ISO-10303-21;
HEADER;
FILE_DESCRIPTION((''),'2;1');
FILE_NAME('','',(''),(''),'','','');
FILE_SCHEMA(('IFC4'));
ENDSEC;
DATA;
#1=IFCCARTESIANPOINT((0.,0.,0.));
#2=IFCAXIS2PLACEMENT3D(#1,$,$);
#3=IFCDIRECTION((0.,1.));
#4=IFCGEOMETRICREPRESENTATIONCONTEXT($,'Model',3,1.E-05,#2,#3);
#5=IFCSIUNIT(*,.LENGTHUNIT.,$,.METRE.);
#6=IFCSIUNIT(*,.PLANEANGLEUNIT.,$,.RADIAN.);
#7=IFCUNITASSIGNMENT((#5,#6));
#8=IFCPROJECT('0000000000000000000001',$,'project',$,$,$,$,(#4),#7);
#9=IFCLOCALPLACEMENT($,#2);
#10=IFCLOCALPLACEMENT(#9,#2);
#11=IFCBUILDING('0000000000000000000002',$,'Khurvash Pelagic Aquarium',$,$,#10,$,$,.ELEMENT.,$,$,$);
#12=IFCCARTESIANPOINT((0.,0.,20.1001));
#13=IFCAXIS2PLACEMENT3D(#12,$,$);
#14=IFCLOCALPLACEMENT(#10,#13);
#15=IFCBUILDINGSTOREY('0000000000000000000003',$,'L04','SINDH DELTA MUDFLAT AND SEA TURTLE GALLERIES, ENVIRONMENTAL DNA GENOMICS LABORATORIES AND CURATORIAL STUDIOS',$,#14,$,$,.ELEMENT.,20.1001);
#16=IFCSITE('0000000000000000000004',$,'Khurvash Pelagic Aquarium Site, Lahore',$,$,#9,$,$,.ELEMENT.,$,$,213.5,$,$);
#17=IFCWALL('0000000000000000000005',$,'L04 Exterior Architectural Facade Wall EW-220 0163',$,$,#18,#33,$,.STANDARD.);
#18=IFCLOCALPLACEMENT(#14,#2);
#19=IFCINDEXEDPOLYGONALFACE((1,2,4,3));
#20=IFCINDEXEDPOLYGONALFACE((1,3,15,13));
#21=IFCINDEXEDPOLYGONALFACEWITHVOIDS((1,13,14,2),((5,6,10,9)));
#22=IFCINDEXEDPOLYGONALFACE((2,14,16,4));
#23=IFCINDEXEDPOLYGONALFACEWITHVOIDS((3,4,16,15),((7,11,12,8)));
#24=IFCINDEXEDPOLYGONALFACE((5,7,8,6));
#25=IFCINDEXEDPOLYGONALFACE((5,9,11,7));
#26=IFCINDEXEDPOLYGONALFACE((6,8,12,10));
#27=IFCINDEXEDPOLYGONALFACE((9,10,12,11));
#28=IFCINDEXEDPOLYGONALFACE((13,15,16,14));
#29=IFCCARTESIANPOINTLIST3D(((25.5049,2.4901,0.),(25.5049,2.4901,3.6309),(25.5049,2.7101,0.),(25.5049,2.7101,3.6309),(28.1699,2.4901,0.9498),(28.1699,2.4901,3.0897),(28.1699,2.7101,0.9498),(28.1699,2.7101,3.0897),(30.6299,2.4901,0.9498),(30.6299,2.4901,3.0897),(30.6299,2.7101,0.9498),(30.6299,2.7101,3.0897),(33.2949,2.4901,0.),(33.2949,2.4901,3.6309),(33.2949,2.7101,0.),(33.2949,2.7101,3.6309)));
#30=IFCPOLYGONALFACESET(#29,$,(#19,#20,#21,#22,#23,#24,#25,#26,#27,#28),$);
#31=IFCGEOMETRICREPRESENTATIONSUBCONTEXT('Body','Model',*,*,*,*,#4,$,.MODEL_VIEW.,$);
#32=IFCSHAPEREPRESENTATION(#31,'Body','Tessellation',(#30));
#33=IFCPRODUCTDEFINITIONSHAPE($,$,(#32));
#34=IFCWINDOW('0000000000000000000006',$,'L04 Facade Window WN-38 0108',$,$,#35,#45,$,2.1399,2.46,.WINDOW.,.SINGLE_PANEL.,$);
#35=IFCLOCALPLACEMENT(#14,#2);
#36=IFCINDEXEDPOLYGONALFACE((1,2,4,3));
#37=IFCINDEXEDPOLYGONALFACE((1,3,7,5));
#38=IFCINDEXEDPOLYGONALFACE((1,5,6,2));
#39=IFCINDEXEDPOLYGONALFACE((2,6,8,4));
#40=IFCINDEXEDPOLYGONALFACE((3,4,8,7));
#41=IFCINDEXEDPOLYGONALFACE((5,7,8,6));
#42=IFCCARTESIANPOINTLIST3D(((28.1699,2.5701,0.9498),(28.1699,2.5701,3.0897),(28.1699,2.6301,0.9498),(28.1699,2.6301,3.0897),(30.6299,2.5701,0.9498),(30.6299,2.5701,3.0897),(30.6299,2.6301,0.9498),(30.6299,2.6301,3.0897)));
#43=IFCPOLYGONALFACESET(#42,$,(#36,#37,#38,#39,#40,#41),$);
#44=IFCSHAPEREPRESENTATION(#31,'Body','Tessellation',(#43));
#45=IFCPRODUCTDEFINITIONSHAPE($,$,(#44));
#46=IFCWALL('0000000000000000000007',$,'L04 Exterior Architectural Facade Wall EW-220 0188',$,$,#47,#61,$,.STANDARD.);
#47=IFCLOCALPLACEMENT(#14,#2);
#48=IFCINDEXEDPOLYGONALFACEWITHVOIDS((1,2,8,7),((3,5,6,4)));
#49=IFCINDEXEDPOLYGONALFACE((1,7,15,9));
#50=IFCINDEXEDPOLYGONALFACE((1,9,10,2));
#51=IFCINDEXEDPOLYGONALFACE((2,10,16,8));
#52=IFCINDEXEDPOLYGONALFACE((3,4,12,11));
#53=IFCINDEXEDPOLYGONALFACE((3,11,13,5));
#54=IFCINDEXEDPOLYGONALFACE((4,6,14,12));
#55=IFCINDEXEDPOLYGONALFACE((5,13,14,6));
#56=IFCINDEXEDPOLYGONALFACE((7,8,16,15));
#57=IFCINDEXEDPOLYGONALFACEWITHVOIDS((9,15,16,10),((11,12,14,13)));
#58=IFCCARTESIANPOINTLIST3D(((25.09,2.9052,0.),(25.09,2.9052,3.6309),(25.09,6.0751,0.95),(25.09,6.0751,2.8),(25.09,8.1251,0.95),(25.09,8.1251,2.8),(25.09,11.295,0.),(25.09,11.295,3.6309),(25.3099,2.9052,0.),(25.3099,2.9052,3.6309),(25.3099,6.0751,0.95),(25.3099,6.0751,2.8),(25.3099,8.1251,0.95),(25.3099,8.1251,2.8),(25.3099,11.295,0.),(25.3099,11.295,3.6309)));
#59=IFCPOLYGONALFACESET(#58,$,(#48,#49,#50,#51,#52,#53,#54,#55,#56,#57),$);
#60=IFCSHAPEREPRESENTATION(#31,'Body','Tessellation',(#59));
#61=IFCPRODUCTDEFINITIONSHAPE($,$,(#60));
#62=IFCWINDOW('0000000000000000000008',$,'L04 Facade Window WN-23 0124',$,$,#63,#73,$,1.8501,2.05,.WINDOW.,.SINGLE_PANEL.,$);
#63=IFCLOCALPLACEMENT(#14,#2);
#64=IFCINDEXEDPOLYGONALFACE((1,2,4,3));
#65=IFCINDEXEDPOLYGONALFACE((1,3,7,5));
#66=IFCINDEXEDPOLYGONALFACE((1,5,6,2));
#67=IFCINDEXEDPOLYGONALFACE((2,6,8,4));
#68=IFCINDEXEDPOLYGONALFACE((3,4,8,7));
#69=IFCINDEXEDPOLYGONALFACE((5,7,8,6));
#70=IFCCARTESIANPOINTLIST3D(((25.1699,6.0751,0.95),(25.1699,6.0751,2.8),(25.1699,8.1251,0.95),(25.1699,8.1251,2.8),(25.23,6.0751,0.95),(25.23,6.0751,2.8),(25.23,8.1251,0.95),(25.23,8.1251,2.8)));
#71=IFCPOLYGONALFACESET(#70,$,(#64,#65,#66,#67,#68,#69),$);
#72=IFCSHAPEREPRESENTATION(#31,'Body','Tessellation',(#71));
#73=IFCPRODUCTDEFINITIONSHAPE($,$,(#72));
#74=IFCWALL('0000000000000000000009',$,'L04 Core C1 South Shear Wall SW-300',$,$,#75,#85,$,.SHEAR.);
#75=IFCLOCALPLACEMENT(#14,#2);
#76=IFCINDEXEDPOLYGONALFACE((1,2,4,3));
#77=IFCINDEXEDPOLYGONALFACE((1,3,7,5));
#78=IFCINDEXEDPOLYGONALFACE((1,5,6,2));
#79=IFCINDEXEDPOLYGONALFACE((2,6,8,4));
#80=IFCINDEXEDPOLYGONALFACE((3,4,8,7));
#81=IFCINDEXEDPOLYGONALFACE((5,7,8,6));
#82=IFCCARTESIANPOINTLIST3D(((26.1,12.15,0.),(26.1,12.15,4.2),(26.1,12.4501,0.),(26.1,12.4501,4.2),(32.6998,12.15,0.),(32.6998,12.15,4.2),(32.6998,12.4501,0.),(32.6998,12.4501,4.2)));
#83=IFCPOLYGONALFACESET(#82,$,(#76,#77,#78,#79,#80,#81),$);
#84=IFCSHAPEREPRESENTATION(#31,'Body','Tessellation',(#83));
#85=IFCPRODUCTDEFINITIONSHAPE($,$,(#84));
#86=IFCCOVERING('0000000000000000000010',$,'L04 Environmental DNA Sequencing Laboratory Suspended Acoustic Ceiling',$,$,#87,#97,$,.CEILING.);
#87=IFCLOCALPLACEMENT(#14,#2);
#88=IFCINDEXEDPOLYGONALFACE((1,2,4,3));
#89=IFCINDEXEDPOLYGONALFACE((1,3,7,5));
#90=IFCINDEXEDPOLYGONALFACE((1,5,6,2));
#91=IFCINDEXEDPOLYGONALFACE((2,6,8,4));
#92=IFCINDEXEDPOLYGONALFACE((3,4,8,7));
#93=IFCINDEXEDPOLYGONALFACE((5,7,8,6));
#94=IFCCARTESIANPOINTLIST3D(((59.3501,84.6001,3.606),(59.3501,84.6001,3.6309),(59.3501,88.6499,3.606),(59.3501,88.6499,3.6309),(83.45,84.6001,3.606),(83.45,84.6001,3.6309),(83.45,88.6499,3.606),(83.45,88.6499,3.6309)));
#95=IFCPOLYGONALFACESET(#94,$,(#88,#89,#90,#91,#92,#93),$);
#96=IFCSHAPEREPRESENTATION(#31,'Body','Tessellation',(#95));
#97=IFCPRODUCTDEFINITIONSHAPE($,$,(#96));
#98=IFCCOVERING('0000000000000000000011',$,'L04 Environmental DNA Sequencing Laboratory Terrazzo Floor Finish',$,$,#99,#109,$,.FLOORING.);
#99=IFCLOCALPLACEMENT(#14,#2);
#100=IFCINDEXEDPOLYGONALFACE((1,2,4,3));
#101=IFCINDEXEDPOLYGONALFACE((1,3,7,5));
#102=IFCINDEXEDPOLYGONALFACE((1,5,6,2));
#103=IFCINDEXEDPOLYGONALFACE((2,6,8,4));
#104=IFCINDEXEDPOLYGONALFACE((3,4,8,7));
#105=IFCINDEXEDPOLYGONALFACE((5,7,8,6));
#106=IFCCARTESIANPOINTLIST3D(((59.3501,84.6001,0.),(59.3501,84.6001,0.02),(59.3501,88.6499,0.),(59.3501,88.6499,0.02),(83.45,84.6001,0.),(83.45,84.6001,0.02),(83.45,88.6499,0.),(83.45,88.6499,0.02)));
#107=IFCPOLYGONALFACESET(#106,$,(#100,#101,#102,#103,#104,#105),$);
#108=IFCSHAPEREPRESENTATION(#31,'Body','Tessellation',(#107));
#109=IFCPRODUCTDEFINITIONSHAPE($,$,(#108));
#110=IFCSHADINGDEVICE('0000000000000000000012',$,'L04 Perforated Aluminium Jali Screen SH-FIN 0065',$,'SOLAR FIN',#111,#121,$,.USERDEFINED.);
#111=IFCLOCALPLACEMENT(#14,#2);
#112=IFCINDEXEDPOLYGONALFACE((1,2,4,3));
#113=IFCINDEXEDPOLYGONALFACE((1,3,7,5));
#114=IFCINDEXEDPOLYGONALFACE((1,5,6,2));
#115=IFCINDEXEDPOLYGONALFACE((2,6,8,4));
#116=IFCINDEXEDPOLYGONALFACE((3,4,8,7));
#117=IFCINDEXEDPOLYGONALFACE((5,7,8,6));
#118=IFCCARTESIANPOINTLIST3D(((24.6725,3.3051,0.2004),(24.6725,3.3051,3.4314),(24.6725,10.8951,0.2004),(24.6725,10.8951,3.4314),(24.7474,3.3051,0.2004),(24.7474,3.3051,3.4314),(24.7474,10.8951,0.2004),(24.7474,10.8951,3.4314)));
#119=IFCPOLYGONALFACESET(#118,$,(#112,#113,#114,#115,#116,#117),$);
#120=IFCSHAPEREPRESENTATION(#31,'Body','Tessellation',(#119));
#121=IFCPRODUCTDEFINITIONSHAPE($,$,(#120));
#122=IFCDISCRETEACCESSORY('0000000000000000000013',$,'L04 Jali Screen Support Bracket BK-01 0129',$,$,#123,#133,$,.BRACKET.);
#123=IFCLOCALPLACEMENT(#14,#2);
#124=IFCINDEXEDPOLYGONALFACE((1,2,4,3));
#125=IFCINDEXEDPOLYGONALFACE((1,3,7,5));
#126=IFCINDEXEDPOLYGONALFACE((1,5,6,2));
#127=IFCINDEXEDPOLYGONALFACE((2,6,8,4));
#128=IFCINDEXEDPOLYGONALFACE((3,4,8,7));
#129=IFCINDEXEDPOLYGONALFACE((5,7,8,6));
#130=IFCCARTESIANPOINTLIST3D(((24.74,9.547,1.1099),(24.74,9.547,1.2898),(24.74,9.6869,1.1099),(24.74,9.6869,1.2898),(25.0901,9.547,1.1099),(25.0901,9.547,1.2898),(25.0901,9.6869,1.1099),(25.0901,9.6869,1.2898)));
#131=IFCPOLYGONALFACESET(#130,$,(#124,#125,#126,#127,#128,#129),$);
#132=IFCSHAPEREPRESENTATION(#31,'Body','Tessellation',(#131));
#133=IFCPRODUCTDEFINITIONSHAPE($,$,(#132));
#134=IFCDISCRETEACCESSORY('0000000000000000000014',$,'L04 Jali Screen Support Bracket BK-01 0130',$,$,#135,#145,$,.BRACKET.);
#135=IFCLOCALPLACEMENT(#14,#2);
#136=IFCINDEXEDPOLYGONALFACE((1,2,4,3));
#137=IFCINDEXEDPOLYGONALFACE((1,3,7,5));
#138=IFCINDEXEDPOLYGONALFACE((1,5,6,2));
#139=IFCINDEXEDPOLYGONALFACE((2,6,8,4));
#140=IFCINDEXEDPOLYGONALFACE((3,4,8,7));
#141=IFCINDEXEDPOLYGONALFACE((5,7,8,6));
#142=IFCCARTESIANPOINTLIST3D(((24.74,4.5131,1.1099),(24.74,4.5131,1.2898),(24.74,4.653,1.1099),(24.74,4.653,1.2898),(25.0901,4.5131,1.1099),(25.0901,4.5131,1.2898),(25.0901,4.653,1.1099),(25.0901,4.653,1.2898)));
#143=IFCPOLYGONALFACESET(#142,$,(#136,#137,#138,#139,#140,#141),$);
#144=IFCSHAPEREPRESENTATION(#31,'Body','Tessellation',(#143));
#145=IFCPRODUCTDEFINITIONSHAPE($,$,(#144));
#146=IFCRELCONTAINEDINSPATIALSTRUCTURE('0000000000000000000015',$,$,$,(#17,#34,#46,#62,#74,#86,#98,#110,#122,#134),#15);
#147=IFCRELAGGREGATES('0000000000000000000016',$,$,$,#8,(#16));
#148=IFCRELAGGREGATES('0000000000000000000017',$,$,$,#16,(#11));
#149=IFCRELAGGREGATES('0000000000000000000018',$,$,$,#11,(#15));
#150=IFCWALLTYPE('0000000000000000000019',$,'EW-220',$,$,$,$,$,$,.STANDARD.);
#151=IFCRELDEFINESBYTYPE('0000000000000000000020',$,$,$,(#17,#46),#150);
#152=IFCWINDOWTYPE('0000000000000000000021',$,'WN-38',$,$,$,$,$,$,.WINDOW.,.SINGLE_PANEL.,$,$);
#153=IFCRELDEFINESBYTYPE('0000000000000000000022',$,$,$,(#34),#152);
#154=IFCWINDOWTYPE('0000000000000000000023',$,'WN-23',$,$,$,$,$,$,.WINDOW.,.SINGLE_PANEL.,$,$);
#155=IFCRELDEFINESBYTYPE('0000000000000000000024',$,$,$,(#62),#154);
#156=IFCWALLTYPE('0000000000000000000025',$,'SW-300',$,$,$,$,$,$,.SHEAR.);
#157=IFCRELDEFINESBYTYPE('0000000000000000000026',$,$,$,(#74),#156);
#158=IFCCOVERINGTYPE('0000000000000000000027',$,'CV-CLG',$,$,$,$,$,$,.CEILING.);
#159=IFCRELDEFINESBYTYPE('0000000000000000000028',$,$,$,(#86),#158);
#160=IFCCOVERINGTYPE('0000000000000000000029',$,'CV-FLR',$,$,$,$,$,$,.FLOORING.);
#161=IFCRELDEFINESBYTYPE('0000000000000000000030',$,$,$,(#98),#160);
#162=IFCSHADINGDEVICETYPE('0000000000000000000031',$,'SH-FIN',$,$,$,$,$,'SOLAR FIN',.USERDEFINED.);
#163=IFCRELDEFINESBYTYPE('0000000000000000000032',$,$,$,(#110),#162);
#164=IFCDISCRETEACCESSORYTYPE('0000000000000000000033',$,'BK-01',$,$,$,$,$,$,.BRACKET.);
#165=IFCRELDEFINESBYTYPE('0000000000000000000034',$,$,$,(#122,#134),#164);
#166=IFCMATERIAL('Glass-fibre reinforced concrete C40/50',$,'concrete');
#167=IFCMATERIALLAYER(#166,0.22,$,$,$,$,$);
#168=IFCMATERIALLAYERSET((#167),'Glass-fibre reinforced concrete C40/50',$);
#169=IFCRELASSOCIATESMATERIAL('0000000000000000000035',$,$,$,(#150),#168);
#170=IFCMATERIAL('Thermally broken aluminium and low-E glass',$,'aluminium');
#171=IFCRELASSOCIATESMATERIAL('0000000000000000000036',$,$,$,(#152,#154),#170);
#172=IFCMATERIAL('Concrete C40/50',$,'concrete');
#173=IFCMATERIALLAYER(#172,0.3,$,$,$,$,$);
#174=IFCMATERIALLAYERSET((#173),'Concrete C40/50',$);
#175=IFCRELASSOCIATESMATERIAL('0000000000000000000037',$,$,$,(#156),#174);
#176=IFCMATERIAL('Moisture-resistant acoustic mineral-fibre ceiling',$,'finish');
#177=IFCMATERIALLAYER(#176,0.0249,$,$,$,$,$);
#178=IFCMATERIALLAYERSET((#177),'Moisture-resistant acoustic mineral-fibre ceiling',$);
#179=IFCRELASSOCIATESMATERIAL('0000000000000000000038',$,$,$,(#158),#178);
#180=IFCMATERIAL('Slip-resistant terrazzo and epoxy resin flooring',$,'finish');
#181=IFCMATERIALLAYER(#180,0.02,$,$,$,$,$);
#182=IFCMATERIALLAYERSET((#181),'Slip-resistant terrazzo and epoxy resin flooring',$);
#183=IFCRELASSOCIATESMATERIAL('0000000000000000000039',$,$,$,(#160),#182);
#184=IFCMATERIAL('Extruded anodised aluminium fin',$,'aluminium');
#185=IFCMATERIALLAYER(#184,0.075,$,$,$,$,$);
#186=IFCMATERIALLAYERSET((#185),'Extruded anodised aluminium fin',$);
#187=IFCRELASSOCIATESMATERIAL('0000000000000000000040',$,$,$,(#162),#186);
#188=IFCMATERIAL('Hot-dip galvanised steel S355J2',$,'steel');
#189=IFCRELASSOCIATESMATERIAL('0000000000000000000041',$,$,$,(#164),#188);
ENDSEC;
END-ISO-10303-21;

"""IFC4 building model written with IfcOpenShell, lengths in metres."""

from ifc_helpers import new_model, si_unit, direction, frame, frame_2d, origin, origin_2d, place, context, subcontext, project, spatial, polyline, rectangle, outline, extrude, material, layer, layer_set, type_object, element, fill, save


model = new_model("IFC4")

# Units and contexts
model_context = context("Model", 3, precision=1e-05, world=origin(), true_north=direction((0.0, 1.0)))
body_context = subcontext(model_context, "Body", "Model", "MODEL_VIEW")
ifc_project = project(units=[si_unit("LENGTHUNIT", "METRE"), si_unit("PLANEANGLEUNIT", "RADIAN")], contexts=[model_context])

# Site, building, storey
site_placement = place(None, origin())
site = spatial("IfcSite", under=ifc_project, at=site_placement, Name="Khurvash Pelagic Aquarium Site, Lahore", CompositionType="ELEMENT", RefElevation=213.5)
building_placement = place(site_placement, origin())
building = spatial("IfcBuilding", under=site, at=building_placement, Name="Khurvash Pelagic Aquarium", CompositionType="ELEMENT")
storey_placement = place(building_placement, frame((0.0, 0.0, 20.1001)))
storey = spatial("IfcBuildingStorey", under=building, at=storey_placement, Name="L04", Description="SINDH DELTA MUDFLAT AND SEA TURTLE GALLERIES, ENVIRONMENTAL DNA GENOMICS LABORATORIES AND CURATORIAL STUDIOS", CompositionType="ELEMENT", Elevation=20.1001)

# Shared definitions
ifc_material_1 = material(Name="Concrete C40/50", Category="concrete")

# Walls, openings, windows
ifc_material_2 = material(Name="Glass-fibre reinforced concrete C40/50", Category="concrete")
ifc_layer_1 = layer(ifc_material_2, 0.22)
ifc_layer_set_1 = layer_set([ifc_layer_1], Name="Glass-fibre reinforced concrete C40/50")
wall_type_1 = type_object("IfcWallType", Name="EW-220", PredefinedType="STANDARD", material=ifc_layer_set_1)
wall_1_placement = place(storey_placement, frame((25.5049, 2.6001, 0.0), z_axis=(0.0, 0.0, 1.0), x_axis=(1.0, 0.0, 0.0)))
wall_1 = element("IfcWall", 1, at=wall_1_placement, inside=storey, type_object=wall_type_1, Name="L04 Exterior Architectural Facade Wall EW-220 0163", PredefinedType="STANDARD", context=body_context, shape_type="SweptSolid", body=[
    extrude(rectangle(XDim=7.79, YDim=0.22, at=frame_2d((3.895, 0.0))), origin(), (0.0, 0.0, 1.0), 3.6309),
])
opening_1_placement = place(wall_1_placement, frame((2.665, 0.0, 0.95)))
opening_1 = element("IfcOpeningElement", 2, at=opening_1_placement, cuts=wall_1, PredefinedType="OPENING", context=body_context, shape_type="SweptSolid", body=[
    extrude(rectangle(XDim=2.46, YDim=2.1399, at=frame_2d((1.23, 1.0698))), frame((0.0, 0.1201, 0.0), z_axis=(0.0, -1.0, 0.0), x_axis=(1.0, 0.0, 0.0)), (0.0, 0.0, 1.0), 0.24),
])
ifc_material_3 = material(Name="Thermally broken aluminium and low-E glass", Category="aluminium")
window_type_1 = type_object("IfcWindowType", Name="WN-38", PartitioningType="SINGLE_PANEL", PredefinedType="WINDOW", material=ifc_material_3)
window_1_placement = place(opening_1_placement, origin())
window_1 = element("IfcWindow", 3, at=window_1_placement, inside=storey, type_object=window_type_1, Name="L04 Facade Window WN-38 0108", OverallHeight=2.1399, OverallWidth=2.46, PartitioningType="SINGLE_PANEL", PredefinedType="WINDOW", context=body_context, shape_type="SweptSolid", body=[
    extrude(rectangle(XDim=2.46, YDim=2.1399, at=frame_2d((1.23, 1.0698))), frame((0.0, 0.03, 0.0), z_axis=(0.0, -1.0, 0.0), x_axis=(1.0, 0.0, 0.0)), (0.0, 0.0, 1.0), 0.0601),
])
fill(opening_1, window_1)
wall_2_placement = place(storey_placement, frame((25.2, 11.2949, 0.0), z_axis=(0.0, 0.0, 1.0), x_axis=(0.0, -1.0, 0.0)))
wall_2 = element("IfcWall", 4, at=wall_2_placement, inside=storey, type_object=wall_type_1, Name="L04 Exterior Architectural Facade Wall EW-220 0188", PredefinedType="STANDARD", context=body_context, shape_type="SweptSolid", body=[
    extrude(rectangle(XDim=8.3899, YDim=0.22, at=frame_2d((4.1948, 0.0))), origin(), (0.0, 0.0, 1.0), 3.6309),
])
opening_2_placement = place(wall_2_placement, frame((3.1699, 0.0, 0.95)))
opening_2 = element("IfcOpeningElement", 5, at=opening_2_placement, cuts=wall_2, PredefinedType="OPENING", context=body_context, shape_type="SweptSolid", body=[
    extrude(rectangle(XDim=2.05, YDim=1.8501, at=frame_2d((1.0249, 0.925))), frame((0.0, 0.1201, 0.0), z_axis=(0.0, -1.0, 0.0), x_axis=(1.0, 0.0, 0.0)), (0.0, 0.0, 1.0), 0.24),
])
window_type_2 = type_object("IfcWindowType", Name="WN-23", PartitioningType="SINGLE_PANEL", PredefinedType="WINDOW", material=ifc_material_3)
window_2_placement = place(opening_2_placement, origin())
window_2 = element("IfcWindow", 6, at=window_2_placement, inside=storey, type_object=window_type_2, Name="L04 Facade Window WN-23 0124", OverallHeight=1.8501, OverallWidth=2.05, PartitioningType="SINGLE_PANEL", PredefinedType="WINDOW", context=body_context, shape_type="SweptSolid", body=[
    extrude(rectangle(XDim=2.05, YDim=1.8501, at=frame_2d((1.0249, 0.925))), frame((0.0, 0.03, 0.0), z_axis=(0.0, -1.0, 0.0), x_axis=(1.0, 0.0, 0.0)), (0.0, 0.0, 1.0), 0.0601),
])
fill(opening_2, window_2)

# Wall
ifc_layer_2 = layer(ifc_material_1, 0.3)
ifc_layer_set_2 = layer_set([ifc_layer_2], Name="Concrete C40/50")
wall_type_2 = type_object("IfcWallType", Name="SW-300", PredefinedType="SHEAR", material=ifc_layer_set_2)
wall_3_placement = place(storey_placement, frame((26.1001, 12.3, 0.0), z_axis=(0.0, 0.0, 1.0), x_axis=(1.0, 0.0, 0.0)))
element("IfcWall", 7, at=wall_3_placement, inside=storey, type_object=wall_type_2, Name="L04 Core C1 South Shear Wall SW-300", PredefinedType="SHEAR", context=body_context, shape_type="SweptSolid", body=[
    extrude(rectangle(XDim=6.5999, YDim=0.3, at=frame_2d((3.2998, 0.0))), origin(), (0.0, 0.0, 1.0), 4.2),
])

# Coverings
ifc_material_4 = material(Name="Moisture-resistant acoustic mineral-fibre ceiling", Category="finish")
ifc_layer_3 = layer(ifc_material_4, 0.0249)
ifc_layer_set_3 = layer_set([ifc_layer_3], Name="Moisture-resistant acoustic mineral-fibre ceiling")
covering_type_1 = type_object("IfcCoveringType", Name="CV-CLG", PredefinedType="CEILING", material=ifc_layer_set_3)
covering_1_placement = place(storey_placement, frame((0.0, 0.0, 3.606)))
element("IfcCovering", 8, at=covering_1_placement, inside=storey, type_object=covering_type_1, Name="L04 Environmental DNA Sequencing Laboratory Suspended Acoustic Ceiling", PredefinedType="CEILING", context=body_context, shape_type="SweptSolid", body=[
    extrude(outline(polyline([(83.45, 84.6001), (83.45, 88.6499), (59.3501, 88.6499), (59.3501, 84.6001), (83.45, 84.6001)])), origin(), (0.0, 0.0, 1.0), 0.0249),
])
ifc_material_5 = material(Name="Slip-resistant terrazzo and epoxy resin flooring", Category="finish")
ifc_layer_4 = layer(ifc_material_5, 0.02)
ifc_layer_set_4 = layer_set([ifc_layer_4], Name="Slip-resistant terrazzo and epoxy resin flooring")
covering_type_2 = type_object("IfcCoveringType", Name="CV-FLR", PredefinedType="FLOORING", material=ifc_layer_set_4)
covering_2_placement = place(storey_placement, origin())
element("IfcCovering", 9, at=covering_2_placement, inside=storey, type_object=covering_type_2, Name="L04 Environmental DNA Sequencing Laboratory Terrazzo Floor Finish", PredefinedType="FLOORING", context=body_context, shape_type="SweptSolid", body=[
    extrude(outline(polyline([(83.45, 84.6001), (83.45, 88.6499), (59.3501, 88.6499), (59.3501, 84.6001), (83.45, 84.6001)])), origin(), (0.0, 0.0, 1.0), 0.02),
])

# Shading device
ifc_material_6 = material(Name="Extruded anodised aluminium fin", Category="aluminium")
ifc_layer_5 = layer(ifc_material_6, 0.075)
ifc_layer_set_5 = layer_set([ifc_layer_5], Name="Extruded anodised aluminium fin")
shading_device_type = type_object("IfcShadingDeviceType", Name="SH-FIN", ElementType="SOLAR FIN", PredefinedType="USERDEFINED", material=ifc_layer_set_5)
shading_device_placement = place(storey_placement, frame((24.71, 7.1001, 0.2004), z_axis=(0.0, 0.0, 1.0), x_axis=(0.0, -1.0, 0.0)))
element("IfcShadingDevice", 10, at=shading_device_placement, inside=storey, type_object=shading_device_type, Name="L04 Perforated Aluminium Jali Screen SH-FIN 0065", ObjectType="SOLAR FIN", PredefinedType="USERDEFINED", context=body_context, shape_type="SweptSolid", body=[
    extrude(rectangle(XDim=7.5901, YDim=0.075, at=origin_2d()), origin(), (0.0, 0.0, 1.0), 3.231),
])

# Discrete accessories
ifc_material_7 = material(Name="Hot-dip galvanised steel S355J2", Category="steel")
discrete_accessory_type = type_object("IfcDiscreteAccessoryType", Name="BK-01", PredefinedType="BRACKET", material=ifc_material_7)
for number, where, z_axis, x_axis, name in (
    (11, (24.915, 9.6169, 1.1099), (0.0, 0.0, 1.0), (0.0, -1.0, 0.0), "L04 Jali Screen Support Bracket BK-01 0129"),
    (12, (24.915, 4.583, 1.1099), (0.0, 0.0, 1.0), (0.0, -1.0, 0.0), "L04 Jali Screen Support Bracket BK-01 0130"),
):
    element("IfcDiscreteAccessory", number, at=place(storey_placement, frame(where, z_axis=z_axis, x_axis=x_axis)), inside=storey, type_object=discrete_accessory_type, Name=name, PredefinedType="BRACKET", context=body_context, shape_type="SweptSolid", body=[
        extrude(rectangle(XDim=0.1399, YDim=0.3501, at=origin_2d()), origin(), (0.0, 0.0, 1.0), 0.1799),
    ])

save(model, "model.ifc")
